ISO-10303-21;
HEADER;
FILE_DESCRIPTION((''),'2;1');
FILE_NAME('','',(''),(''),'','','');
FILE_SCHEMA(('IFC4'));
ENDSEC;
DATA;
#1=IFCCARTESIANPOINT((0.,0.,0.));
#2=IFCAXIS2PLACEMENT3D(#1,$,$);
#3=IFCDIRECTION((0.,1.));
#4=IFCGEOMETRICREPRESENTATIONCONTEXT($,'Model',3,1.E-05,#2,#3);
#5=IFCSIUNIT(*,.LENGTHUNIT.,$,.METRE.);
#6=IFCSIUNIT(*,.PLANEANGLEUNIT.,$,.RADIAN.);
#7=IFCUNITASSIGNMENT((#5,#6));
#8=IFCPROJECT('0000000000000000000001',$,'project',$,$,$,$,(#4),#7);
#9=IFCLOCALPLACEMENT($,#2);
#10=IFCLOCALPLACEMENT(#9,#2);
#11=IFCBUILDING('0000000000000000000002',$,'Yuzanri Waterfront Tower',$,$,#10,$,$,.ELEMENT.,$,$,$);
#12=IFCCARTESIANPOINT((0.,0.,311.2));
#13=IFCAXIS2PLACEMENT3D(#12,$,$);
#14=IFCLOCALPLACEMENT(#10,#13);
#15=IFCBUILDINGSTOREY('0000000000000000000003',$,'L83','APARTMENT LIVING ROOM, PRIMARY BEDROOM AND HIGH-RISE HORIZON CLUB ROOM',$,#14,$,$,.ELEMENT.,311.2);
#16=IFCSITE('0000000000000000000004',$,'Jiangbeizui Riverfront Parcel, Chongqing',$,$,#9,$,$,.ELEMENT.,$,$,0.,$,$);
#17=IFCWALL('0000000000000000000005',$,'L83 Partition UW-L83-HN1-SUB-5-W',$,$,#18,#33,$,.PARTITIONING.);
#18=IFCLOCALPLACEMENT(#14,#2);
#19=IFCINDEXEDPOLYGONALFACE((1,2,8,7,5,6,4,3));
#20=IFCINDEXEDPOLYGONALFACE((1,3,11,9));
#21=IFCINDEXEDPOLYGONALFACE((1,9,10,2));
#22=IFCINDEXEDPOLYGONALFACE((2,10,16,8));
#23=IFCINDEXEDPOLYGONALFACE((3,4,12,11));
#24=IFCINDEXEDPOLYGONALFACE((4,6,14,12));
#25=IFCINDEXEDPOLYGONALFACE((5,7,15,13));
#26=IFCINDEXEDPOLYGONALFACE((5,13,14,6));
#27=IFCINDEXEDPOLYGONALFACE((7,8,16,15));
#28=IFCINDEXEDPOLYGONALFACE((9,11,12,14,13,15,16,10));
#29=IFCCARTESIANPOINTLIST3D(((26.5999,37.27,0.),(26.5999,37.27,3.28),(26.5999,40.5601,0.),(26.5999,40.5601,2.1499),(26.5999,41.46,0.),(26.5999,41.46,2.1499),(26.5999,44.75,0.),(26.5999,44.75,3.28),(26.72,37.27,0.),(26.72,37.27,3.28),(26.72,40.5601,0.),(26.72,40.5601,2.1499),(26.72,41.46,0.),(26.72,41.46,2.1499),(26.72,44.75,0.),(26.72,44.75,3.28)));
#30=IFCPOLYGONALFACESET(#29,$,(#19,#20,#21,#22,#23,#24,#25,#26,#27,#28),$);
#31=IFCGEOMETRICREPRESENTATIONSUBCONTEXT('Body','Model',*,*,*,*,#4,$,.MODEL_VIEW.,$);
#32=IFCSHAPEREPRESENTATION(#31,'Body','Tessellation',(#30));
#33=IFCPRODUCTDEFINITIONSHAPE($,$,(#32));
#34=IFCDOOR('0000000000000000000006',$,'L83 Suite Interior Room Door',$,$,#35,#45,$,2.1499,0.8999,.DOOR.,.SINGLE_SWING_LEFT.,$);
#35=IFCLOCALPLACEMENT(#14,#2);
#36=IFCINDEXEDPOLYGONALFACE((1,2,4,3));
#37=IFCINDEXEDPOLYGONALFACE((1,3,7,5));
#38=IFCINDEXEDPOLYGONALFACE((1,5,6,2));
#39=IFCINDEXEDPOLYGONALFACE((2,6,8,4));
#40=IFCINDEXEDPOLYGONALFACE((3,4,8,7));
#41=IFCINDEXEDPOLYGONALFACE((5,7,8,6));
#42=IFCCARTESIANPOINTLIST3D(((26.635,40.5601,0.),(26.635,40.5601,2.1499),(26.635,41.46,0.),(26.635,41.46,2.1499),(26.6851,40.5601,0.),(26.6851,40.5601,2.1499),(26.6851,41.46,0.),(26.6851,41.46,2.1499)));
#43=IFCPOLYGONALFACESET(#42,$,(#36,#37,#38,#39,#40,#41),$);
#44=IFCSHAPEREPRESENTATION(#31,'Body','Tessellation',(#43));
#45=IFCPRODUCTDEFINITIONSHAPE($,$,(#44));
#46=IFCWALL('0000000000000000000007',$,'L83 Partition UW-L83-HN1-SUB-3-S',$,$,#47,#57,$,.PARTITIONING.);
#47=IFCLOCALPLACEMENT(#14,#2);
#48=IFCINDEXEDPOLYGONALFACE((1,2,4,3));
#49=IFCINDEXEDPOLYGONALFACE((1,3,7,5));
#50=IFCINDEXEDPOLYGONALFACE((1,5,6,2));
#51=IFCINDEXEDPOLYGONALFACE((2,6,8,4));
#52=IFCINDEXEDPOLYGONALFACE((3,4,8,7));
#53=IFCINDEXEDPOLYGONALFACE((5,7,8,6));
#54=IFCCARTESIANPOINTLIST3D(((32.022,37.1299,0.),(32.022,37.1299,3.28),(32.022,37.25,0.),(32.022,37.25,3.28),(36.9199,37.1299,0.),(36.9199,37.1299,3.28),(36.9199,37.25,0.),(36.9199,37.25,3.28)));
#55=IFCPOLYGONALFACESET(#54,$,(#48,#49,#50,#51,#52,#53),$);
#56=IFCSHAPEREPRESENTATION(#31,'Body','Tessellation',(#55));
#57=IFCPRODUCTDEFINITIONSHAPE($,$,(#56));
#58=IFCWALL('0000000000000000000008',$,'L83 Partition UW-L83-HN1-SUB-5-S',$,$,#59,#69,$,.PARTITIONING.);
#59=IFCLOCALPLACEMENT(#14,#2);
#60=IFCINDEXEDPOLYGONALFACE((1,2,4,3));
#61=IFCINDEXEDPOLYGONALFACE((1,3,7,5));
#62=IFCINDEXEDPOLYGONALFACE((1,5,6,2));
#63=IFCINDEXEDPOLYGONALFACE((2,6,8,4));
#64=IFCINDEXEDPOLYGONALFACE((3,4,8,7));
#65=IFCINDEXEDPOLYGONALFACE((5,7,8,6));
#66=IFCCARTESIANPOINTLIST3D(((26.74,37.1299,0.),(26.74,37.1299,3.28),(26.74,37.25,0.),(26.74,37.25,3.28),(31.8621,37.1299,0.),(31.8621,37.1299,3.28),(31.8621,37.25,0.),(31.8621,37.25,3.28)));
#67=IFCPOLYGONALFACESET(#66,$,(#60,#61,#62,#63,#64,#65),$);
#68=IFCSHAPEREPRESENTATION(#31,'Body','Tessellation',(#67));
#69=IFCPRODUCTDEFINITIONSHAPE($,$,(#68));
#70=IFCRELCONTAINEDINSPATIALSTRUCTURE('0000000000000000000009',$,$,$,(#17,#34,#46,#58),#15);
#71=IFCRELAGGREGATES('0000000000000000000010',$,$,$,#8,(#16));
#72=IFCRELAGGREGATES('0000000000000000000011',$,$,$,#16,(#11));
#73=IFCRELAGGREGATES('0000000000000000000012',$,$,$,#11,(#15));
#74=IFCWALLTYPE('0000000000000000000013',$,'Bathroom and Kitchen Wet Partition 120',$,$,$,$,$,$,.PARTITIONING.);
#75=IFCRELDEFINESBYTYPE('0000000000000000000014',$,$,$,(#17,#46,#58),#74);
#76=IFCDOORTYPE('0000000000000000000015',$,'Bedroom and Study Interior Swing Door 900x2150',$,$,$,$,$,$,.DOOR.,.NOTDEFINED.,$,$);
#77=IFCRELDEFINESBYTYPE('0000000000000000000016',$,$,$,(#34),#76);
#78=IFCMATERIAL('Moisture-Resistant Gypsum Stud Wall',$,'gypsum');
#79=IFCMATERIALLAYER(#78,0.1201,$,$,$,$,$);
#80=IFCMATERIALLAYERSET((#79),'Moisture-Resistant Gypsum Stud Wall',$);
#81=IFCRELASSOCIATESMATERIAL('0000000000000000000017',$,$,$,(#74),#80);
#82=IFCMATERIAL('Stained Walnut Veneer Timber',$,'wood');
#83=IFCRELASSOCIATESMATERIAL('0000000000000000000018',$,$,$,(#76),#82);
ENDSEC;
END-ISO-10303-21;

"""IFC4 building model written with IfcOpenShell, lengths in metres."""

from ifc_helpers import new_model, si_unit, direction, frame, frame_2d, origin, place, context, subcontext, project, spatial, rectangle, extrude, source, transform, mapped, material, layer, layer_set, type_object, element, fill, save


model = new_model("IFC4")

# Units and contexts
model_context = context("Model", 3, precision=1e-05, world=origin(), true_north=direction((0.0, 1.0)))
body_context = subcontext(model_context, "Body", "Model", "MODEL_VIEW")
ifc_project = project(units=[si_unit("LENGTHUNIT", "METRE"), si_unit("PLANEANGLEUNIT", "RADIAN")], contexts=[model_context])

# Site, building, storey
site_placement = place(None, origin())
site = spatial("IfcSite", under=ifc_project, at=site_placement, Name="Jiangbeizui Riverfront Parcel, Chongqing", CompositionType="ELEMENT", RefElevation=0.0)
building_placement = place(site_placement, origin())
building = spatial("IfcBuilding", under=site, at=building_placement, Name="Yuzanri Waterfront Tower", CompositionType="ELEMENT")
storey_placement = place(building_placement, frame((0.0, 0.0, 311.2)))
storey = spatial("IfcBuildingStorey", under=building, at=storey_placement, Name="L83", Description="APARTMENT LIVING ROOM, PRIMARY BEDROOM AND HIGH-RISE HORIZON CLUB ROOM", CompositionType="ELEMENT", Elevation=311.2)

# Wall, opening, door
ifc_material_1 = material(Name="Moisture-Resistant Gypsum Stud Wall", Category="gypsum")
ifc_layer_1 = layer(ifc_material_1, 0.1201)
ifc_layer_set_1 = layer_set([ifc_layer_1], Name="Moisture-Resistant Gypsum Stud Wall")
wall_type = type_object("IfcWallType", Name="Bathroom and Kitchen Wet Partition 120", PredefinedType="PARTITIONING", material=ifc_layer_set_1)
ifc_material_2 = material(Name="Stained Walnut Veneer Timber", Category="wood")
door_type_1 = type_object("IfcDoorType", Name="Bedroom and Study Interior Swing Door 900x2150", OperationType="NOTDEFINED", PredefinedType="DOOR", material=ifc_material_2)
shared_shape_1 = source(origin(), body_context, "Body", "SweptSolid", [
    extrude(rectangle(XDim=0.8999, YDim=2.1499, at=frame_2d((0.45, 1.075))), frame((0.0, 0.0249, 0.0), z_axis=(0.0, -1.0, 0.0), x_axis=(1.0, 0.0, 0.0)), (0.0, 0.0, 1.0), 0.05),
])
wall_1_placement = place(storey_placement, frame((26.6599, 37.27, 0.0), z_axis=(0.0, 0.0, 1.0), x_axis=(0.0, 1.0, 0.0)))
wall_1 = element("IfcWall", 1, at=wall_1_placement, inside=storey, type_object=wall_type, Name="L83 Partition UW-L83-HN1-SUB-5-W", PredefinedType="PARTITIONING", context=body_context, shape_type="SweptSolid", body=[
    extrude(rectangle(XDim=7.48, YDim=0.1201, at=frame_2d((3.74, 0.0))), origin(), (0.0, 0.0, 1.0), 3.28),
])
opening_1_placement = place(wall_1_placement, frame((3.29, 0.0, 0.0)))
opening_1 = element("IfcOpeningElement", 2, at=opening_1_placement, cuts=wall_1, PredefinedType="OPENING", context=body_context, shape_type="SweptSolid", body=[
    extrude(rectangle(XDim=0.8999, YDim=2.1499, at=frame_2d((0.45, 1.075))), frame((0.0, 0.075, 0.0), z_axis=(0.0, -1.0, 0.0), x_axis=(1.0, 0.0, 0.0)), (0.0, 0.0, 1.0), 0.1499),
])
door_1_placement = place(opening_1_placement, origin())
door_1 = element("IfcDoor", 3, at=door_1_placement, inside=storey, type_object=door_type_1, Name="L83 Suite Interior Room Door", OperationType="SINGLE_SWING_LEFT", OverallHeight=2.1499, OverallWidth=0.8999, PredefinedType="DOOR", context=body_context, shape_type="MappedRepresentation", body=[
    mapped(shared_shape_1, transform((0.0, 0.0, 0.0), scale=1.0)),
])
fill(opening_1, door_1)

# Walls
shared_shape_2 = source(origin(), body_context, "Body", "SweptSolid", [
    extrude(rectangle(XDim=4.8979, YDim=0.1201, at=frame_2d((2.449, 0.0))), origin(), (0.0, 0.0, 1.0), 3.28),
])
wall_2_placement = place(storey_placement, frame((32.022, 37.1899, 0.0), z_axis=(0.0, 0.0, 1.0), x_axis=(1.0, 0.0, 0.0)))
element("IfcWall", 4, at=wall_2_placement, inside=storey, type_object=wall_type, Name="L83 Partition UW-L83-HN1-SUB-3-S", PredefinedType="PARTITIONING", context=body_context, shape_type="MappedRepresentation", body=[
    mapped(shared_shape_2, transform((0.0, 0.0, 0.0), scale=1.0)),
])
shared_shape_3 = source(origin(), body_context, "Body", "SweptSolid", [
    extrude(rectangle(XDim=5.1221, YDim=0.1201, at=frame_2d((2.561, 0.0))), origin(), (0.0, 0.0, 1.0), 3.28),
])
wall_3_placement = place(storey_placement, frame((26.74, 37.1899, 0.0), z_axis=(0.0, 0.0, 1.0), x_axis=(1.0, 0.0, 0.0)))
element("IfcWall", 5, at=wall_3_placement, inside=storey, type_object=wall_type, Name="L83 Partition UW-L83-HN1-SUB-5-S", PredefinedType="PARTITIONING", context=body_context, shape_type="MappedRepresentation", body=[
    mapped(shared_shape_3, transform((0.0, 0.0, 0.0), scale=1.0)),
])

save(model, "model.ifc")
